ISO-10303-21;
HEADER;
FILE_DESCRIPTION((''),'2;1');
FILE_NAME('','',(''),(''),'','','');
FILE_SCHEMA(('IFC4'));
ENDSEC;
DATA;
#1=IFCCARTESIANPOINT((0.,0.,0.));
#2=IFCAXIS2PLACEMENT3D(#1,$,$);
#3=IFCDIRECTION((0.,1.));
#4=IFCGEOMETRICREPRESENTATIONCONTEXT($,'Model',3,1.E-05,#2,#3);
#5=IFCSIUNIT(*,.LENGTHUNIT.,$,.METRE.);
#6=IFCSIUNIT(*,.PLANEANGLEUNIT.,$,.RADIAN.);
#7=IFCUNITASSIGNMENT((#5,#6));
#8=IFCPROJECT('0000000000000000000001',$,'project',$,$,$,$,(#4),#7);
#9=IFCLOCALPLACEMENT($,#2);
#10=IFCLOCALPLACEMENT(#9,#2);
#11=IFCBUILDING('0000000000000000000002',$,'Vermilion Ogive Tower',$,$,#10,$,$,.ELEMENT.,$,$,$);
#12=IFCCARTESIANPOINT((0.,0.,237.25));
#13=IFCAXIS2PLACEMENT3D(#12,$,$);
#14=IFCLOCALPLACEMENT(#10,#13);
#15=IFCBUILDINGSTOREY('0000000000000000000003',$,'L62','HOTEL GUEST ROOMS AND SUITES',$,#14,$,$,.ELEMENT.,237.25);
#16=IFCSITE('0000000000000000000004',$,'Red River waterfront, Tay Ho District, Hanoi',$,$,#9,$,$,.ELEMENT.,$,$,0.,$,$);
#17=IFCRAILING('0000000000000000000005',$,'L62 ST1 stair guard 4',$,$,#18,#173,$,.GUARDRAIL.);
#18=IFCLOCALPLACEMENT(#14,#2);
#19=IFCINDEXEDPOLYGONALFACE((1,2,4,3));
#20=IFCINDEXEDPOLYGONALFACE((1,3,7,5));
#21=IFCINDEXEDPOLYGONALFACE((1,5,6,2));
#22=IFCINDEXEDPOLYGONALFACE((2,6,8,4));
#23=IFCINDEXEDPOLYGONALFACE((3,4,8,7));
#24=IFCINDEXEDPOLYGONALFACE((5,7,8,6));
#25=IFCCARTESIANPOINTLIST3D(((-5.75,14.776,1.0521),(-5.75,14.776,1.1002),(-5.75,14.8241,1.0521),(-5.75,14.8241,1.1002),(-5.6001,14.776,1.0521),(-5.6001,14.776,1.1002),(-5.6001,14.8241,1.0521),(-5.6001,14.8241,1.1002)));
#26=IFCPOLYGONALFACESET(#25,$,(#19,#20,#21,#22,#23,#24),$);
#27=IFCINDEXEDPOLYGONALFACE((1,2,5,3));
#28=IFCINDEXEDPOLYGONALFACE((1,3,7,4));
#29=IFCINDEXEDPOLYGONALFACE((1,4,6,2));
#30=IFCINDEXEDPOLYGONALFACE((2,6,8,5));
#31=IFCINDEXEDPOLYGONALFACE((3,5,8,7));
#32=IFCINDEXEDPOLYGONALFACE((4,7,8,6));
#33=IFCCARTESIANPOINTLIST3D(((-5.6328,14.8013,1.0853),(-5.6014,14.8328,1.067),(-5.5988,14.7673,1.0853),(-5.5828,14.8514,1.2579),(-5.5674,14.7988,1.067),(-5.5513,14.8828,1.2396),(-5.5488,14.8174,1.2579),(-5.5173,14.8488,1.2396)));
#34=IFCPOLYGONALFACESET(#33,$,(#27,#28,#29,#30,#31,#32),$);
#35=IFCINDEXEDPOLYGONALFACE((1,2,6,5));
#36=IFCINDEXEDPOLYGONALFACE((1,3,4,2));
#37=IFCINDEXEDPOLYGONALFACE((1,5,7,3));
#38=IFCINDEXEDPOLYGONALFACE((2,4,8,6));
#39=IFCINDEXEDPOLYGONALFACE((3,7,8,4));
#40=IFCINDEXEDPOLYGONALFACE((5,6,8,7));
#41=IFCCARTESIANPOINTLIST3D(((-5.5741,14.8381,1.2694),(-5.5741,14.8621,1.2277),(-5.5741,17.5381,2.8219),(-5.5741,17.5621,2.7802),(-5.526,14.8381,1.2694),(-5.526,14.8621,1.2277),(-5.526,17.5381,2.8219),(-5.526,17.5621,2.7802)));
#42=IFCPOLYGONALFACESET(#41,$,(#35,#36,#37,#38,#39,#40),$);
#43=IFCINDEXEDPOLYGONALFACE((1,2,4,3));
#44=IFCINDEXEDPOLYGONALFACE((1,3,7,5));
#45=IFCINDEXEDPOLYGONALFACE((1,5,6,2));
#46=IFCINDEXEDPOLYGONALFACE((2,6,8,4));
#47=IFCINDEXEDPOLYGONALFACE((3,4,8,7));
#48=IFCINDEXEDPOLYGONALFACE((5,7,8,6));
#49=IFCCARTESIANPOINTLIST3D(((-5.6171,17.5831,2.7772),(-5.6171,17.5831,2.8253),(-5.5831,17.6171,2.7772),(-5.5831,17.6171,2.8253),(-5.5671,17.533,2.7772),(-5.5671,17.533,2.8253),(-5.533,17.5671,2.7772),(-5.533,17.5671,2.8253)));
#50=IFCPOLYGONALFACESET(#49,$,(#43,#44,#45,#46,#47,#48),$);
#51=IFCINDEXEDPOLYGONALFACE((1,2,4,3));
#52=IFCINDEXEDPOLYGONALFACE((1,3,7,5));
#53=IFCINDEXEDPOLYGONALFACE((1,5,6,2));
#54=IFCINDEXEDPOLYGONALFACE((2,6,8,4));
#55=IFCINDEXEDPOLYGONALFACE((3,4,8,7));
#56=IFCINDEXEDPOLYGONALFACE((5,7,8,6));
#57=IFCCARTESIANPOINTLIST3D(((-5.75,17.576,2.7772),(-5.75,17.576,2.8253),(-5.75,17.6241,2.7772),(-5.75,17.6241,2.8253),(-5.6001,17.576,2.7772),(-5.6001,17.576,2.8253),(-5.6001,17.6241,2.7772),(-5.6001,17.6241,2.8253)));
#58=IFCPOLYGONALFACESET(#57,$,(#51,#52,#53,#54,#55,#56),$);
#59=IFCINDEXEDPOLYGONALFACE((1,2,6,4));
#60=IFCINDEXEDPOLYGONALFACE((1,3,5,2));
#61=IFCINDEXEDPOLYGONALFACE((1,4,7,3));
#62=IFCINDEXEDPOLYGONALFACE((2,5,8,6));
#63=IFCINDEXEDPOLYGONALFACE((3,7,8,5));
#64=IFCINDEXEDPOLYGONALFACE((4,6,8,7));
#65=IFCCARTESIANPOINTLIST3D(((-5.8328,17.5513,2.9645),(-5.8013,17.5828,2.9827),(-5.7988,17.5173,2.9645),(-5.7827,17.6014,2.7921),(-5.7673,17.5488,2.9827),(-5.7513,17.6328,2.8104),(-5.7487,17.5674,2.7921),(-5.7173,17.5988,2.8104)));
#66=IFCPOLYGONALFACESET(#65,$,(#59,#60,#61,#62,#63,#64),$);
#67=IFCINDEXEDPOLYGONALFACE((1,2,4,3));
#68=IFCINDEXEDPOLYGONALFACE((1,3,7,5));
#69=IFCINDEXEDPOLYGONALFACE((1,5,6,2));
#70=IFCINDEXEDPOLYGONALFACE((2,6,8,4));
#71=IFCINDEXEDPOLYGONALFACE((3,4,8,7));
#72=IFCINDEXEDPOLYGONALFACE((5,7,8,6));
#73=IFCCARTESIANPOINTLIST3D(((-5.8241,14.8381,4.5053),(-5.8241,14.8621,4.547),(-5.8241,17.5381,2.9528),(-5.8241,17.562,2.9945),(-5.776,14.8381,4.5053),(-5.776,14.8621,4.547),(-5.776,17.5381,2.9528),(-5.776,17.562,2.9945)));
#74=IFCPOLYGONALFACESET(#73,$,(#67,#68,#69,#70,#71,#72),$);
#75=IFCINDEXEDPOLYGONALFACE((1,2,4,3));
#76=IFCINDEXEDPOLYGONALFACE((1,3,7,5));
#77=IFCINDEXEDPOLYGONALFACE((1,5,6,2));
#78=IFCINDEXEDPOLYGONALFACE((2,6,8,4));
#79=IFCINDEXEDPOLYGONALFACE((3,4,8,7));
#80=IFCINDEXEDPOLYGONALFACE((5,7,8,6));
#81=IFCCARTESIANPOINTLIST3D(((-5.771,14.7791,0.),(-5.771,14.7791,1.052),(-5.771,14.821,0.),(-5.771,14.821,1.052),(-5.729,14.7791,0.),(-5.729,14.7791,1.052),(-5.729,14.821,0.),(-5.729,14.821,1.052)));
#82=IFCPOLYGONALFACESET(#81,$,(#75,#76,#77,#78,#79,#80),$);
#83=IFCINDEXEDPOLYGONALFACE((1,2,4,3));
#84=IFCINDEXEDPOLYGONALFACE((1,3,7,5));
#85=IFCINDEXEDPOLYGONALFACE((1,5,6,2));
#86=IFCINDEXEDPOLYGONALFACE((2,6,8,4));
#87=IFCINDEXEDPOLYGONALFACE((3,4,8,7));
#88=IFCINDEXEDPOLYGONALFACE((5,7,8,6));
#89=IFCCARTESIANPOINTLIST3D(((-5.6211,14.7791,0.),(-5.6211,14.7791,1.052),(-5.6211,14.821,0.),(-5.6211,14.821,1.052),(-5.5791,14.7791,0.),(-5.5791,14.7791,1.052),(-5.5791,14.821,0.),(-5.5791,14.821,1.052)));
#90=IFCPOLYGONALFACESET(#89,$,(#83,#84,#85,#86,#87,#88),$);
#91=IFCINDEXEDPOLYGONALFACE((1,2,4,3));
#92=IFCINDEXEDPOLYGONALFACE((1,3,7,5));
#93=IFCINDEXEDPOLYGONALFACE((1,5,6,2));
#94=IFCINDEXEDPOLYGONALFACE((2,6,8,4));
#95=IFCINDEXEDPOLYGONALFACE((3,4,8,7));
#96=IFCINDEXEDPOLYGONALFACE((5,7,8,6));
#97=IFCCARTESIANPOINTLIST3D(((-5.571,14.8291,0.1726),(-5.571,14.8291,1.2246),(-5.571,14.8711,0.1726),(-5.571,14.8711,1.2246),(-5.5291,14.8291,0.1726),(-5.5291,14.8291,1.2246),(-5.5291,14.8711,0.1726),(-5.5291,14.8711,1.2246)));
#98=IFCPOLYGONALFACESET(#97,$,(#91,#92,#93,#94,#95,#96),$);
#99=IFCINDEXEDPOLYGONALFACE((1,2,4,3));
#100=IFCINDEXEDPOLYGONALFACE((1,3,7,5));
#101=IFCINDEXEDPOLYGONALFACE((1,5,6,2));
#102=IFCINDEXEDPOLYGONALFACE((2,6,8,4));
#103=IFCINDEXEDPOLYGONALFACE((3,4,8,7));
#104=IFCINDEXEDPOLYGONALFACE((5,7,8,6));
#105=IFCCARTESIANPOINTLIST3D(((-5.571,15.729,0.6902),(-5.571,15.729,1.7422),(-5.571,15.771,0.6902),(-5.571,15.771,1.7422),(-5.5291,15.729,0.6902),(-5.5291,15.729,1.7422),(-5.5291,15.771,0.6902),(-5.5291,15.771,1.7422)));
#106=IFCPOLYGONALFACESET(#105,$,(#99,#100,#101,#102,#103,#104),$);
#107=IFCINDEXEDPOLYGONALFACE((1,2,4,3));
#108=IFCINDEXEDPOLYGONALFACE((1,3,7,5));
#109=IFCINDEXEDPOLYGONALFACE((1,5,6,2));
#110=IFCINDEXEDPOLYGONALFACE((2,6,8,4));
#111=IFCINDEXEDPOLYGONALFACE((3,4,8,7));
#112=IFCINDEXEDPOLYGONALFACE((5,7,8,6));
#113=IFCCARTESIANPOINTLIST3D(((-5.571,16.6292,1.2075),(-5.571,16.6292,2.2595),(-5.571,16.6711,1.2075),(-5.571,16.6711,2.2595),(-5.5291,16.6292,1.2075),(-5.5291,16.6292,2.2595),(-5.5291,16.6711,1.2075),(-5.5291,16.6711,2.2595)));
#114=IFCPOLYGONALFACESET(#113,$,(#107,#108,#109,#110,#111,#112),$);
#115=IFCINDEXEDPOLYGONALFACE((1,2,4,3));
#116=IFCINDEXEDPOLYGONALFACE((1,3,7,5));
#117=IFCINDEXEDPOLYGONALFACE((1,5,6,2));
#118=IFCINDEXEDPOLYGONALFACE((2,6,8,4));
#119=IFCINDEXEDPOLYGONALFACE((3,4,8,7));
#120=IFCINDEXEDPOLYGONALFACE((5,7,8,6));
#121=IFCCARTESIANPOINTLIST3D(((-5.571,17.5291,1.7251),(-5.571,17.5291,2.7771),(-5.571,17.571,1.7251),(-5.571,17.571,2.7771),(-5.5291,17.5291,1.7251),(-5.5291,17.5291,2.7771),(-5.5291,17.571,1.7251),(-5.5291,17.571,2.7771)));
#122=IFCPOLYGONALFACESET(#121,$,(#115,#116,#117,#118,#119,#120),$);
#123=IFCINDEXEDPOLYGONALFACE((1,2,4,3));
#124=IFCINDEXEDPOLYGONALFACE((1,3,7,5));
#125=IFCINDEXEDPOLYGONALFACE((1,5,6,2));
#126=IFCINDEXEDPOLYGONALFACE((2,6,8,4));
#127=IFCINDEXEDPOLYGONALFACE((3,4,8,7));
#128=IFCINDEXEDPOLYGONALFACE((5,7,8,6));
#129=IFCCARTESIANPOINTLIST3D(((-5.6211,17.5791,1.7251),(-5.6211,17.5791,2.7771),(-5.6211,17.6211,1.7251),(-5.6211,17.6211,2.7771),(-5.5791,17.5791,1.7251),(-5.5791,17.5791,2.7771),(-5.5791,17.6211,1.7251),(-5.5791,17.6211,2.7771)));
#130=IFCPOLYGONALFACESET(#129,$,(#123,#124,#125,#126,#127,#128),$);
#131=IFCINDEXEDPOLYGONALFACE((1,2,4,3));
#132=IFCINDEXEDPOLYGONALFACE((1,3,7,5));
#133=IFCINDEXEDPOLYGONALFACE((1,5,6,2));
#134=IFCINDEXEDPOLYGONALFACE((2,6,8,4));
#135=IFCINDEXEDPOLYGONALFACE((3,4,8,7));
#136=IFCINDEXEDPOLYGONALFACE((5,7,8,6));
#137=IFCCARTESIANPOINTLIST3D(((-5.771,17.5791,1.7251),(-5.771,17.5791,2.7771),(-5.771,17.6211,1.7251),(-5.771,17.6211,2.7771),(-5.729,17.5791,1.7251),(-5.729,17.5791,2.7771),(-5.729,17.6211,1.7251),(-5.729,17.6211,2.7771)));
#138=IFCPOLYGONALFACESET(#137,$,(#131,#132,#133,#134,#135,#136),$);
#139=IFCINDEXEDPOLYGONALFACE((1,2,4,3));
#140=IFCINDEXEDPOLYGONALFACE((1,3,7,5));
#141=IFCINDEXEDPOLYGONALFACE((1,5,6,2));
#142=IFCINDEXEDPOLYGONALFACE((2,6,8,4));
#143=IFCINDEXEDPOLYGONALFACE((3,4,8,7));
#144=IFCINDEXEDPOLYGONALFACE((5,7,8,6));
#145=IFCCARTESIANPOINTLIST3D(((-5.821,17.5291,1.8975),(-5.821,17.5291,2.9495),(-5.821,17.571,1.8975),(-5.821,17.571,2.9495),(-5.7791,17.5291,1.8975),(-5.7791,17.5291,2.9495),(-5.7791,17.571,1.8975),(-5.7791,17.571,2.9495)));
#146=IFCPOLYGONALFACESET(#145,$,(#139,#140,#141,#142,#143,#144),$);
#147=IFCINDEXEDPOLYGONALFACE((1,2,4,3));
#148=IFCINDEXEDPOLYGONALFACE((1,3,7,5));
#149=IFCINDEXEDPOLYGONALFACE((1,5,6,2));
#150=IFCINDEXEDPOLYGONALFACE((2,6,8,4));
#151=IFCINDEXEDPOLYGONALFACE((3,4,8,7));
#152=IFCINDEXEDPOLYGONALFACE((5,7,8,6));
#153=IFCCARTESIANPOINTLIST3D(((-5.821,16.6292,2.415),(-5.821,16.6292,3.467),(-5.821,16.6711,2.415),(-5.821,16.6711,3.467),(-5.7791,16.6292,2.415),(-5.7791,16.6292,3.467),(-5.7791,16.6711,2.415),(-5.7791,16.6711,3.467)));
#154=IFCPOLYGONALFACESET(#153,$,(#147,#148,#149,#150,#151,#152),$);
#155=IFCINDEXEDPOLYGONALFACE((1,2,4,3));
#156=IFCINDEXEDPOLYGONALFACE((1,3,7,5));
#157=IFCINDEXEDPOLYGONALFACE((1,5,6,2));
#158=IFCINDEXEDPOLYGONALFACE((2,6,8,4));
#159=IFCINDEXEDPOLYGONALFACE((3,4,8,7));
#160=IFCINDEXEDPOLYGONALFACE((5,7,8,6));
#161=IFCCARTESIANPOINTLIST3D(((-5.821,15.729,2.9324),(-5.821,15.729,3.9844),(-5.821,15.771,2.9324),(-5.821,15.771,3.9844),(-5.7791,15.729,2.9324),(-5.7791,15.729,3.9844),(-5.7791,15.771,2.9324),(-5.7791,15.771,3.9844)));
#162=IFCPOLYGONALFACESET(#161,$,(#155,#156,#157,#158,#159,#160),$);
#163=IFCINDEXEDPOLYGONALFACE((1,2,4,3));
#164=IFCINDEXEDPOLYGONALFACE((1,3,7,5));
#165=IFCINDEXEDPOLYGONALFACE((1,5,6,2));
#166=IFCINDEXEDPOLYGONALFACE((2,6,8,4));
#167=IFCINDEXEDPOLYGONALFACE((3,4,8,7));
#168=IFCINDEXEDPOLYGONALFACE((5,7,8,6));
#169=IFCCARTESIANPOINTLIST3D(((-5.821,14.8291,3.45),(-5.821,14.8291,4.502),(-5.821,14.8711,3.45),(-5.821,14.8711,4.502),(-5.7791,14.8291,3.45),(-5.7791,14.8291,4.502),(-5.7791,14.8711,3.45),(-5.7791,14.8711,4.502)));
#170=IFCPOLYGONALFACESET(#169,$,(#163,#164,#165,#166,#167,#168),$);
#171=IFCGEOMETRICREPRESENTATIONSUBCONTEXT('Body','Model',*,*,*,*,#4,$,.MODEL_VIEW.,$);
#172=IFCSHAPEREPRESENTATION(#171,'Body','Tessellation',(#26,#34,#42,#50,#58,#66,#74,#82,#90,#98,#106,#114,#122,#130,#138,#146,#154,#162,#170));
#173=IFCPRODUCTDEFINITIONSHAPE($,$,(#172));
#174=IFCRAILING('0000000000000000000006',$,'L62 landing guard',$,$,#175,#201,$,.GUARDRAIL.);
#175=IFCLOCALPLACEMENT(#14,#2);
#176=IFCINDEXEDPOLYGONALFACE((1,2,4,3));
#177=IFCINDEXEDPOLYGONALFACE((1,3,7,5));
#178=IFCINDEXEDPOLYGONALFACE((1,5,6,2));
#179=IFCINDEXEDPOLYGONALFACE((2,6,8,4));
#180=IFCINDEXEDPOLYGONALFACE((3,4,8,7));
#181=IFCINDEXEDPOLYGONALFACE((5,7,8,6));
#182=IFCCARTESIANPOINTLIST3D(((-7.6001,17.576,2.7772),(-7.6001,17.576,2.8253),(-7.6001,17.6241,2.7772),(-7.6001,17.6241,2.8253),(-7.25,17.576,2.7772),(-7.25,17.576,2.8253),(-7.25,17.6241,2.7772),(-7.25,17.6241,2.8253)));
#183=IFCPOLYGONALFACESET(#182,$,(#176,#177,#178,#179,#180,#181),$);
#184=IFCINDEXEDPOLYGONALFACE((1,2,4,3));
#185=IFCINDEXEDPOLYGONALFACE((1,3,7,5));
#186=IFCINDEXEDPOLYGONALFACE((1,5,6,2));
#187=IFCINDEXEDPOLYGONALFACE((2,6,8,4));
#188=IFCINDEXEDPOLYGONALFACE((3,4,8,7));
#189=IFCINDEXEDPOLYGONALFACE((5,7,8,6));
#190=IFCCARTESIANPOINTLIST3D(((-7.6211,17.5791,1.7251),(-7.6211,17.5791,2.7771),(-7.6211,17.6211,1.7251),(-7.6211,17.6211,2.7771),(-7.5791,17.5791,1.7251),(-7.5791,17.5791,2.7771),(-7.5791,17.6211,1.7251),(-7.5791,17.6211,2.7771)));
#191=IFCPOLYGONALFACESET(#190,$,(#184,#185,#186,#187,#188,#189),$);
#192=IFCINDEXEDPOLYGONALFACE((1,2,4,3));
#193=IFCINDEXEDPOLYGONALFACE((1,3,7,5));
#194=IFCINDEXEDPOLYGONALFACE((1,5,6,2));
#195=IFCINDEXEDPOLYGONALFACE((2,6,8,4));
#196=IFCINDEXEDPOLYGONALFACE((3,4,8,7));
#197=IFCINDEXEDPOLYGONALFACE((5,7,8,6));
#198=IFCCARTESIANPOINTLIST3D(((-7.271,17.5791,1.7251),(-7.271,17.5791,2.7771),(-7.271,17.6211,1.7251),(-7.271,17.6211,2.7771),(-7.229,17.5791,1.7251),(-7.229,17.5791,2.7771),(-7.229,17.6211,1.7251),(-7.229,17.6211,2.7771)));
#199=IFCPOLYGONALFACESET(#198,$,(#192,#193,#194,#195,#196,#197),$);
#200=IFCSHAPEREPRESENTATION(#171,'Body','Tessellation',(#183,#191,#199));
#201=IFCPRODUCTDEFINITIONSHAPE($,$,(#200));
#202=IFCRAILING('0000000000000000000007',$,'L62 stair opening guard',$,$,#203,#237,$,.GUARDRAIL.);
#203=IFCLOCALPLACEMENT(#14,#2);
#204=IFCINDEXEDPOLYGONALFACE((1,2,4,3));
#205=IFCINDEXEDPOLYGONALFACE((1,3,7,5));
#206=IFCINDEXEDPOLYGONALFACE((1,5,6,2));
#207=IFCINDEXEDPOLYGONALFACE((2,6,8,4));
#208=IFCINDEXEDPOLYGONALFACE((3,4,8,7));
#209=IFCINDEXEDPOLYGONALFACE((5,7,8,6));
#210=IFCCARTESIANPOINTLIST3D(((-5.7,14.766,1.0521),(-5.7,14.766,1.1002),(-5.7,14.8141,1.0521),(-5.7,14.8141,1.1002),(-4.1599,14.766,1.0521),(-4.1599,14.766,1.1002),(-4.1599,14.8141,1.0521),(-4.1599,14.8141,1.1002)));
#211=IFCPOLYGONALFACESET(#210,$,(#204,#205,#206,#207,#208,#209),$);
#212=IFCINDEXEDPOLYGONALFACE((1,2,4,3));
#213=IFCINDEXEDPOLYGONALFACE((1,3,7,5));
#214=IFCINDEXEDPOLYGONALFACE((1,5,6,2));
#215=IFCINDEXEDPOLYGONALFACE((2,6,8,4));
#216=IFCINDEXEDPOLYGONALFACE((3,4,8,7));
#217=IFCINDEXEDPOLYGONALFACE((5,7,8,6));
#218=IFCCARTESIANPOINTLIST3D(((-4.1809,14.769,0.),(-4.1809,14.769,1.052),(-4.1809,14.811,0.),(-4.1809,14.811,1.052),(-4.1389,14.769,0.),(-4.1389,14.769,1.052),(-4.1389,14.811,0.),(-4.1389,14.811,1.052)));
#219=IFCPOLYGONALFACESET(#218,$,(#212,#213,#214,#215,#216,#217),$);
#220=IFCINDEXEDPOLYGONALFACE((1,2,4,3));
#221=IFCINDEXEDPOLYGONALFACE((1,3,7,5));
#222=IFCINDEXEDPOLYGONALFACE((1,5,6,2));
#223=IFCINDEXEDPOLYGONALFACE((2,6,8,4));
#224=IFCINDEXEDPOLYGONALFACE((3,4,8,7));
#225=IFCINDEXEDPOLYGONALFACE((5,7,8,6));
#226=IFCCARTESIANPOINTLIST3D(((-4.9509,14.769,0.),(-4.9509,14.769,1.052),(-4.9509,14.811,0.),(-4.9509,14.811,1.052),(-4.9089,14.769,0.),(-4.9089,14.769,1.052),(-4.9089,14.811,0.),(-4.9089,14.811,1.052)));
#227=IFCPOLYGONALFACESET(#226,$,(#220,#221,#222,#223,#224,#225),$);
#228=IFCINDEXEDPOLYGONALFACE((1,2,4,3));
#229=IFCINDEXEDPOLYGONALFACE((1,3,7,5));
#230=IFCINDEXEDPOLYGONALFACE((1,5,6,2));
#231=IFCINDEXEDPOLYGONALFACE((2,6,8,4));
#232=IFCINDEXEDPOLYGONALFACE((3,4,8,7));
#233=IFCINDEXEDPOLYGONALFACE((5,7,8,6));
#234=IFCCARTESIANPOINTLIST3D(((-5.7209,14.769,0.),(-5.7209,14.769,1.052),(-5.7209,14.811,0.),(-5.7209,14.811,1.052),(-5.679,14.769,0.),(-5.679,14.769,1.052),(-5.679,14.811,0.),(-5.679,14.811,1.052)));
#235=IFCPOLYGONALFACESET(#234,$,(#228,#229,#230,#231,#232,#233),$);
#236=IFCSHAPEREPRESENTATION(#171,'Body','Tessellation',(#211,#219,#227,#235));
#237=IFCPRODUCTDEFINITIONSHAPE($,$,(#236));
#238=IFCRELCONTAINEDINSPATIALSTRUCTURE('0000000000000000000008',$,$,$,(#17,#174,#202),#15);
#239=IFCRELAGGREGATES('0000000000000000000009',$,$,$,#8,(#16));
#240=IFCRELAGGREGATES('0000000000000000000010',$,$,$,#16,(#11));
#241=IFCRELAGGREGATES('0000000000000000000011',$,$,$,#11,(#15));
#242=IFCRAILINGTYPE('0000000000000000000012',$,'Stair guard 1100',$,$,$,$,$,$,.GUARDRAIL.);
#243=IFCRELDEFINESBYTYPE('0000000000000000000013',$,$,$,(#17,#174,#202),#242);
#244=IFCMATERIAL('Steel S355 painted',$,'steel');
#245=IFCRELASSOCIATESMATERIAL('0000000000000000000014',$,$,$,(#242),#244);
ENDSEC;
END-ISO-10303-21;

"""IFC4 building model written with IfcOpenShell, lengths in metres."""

from ifc_helpers import new_model, si_unit, direction, frame, origin, origin_2d, place, context, subcontext, project, spatial, rectangle, extrude, material, type_object, element, save


model = new_model("IFC4")

# Units and contexts
model_context = context("Model", 3, precision=1e-05, world=origin(), true_north=direction((0.0, 1.0)))
body_context = subcontext(model_context, "Body", "Model", "MODEL_VIEW")
ifc_project = project(units=[si_unit("LENGTHUNIT", "METRE"), si_unit("PLANEANGLEUNIT", "RADIAN")], contexts=[model_context])

# Site, building, storey
site_placement = place(None, origin())
site = spatial("IfcSite", under=ifc_project, at=site_placement, Name="Red River waterfront, Tay Ho District, Hanoi", CompositionType="ELEMENT", RefElevation=0.0)
building_placement = place(site_placement, origin())
building = spatial("IfcBuilding", under=site, at=building_placement, Name="Vermilion Ogive Tower", CompositionType="ELEMENT")
storey_placement = place(building_placement, frame((0.0, 0.0, 237.25)))
storey = spatial("IfcBuildingStorey", under=building, at=storey_placement, Name="L62", Description="HOTEL GUEST ROOMS AND SUITES", CompositionType="ELEMENT", Elevation=237.25)

# Railings
ifc_material_1 = material(Name="Steel S355 painted", Category="steel")
railing_type_1 = type_object("IfcRailingType", Name="Stair guard 1100", PredefinedType="GUARDRAIL", material=ifc_material_1)
railing_1_placement = place(storey_placement, frame((-5.75, 14.8, 0.0)))
element("IfcRailing", 1, at=railing_1_placement, inside=storey, type_object=railing_type_1, Name="L62 ST1 stair guard 4", PredefinedType="GUARDRAIL", context=body_context, shape_type="SweptSolid", body=[
    extrude(rectangle(XDim=0.0481, YDim=0.0481, at=origin_2d()), frame((0.0, 0.0, 1.0762), z_axis=(1.0, 0.0, 0.0), x_axis=(0.0, 1.0, 0.0)), (0.0, 0.0, 1.0), 0.1499),
    extrude(rectangle(XDim=0.0481, YDim=0.0481, at=origin_2d()), frame((0.1499, 0.0, 1.0762), z_axis=(0.268278, 0.268278, 0.925232), x_axis=(-0.707107, 0.707107, 0.0)), (0.0, 0.0, 1.0), 0.1865),
    extrude(rectangle(XDim=0.0481, YDim=0.0481, at=origin_2d()), frame((0.2, 0.05, 1.2485), z_axis=(0.0, 0.866904, 0.498476), x_axis=(-1.0, 0.0, 0.0)), (0.0, 0.0, 1.0), 3.1145),
    extrude(rectangle(XDim=0.0481, YDim=0.0481, at=origin_2d()), frame((0.2, 2.75, 2.8013), z_axis=(-0.707107, 0.707107, 0.0), x_axis=(-0.707107, -0.707107, 0.0)), (0.0, 0.0, 1.0), 0.0708),
    extrude(rectangle(XDim=0.0481, YDim=0.0481, at=origin_2d()), frame((0.1499, 2.8, 2.8013), z_axis=(-1.0, 0.0, 0.0), x_axis=(0.0, -1.0, 0.0)), (0.0, 0.0, 1.0), 0.1499),
    extrude(rectangle(XDim=0.0481, YDim=0.0481, at=origin_2d()), frame((0.0, 2.8, 2.8013), z_axis=(-0.268603, -0.268603, 0.925043), x_axis=(0.707107, -0.707107, 0.0)), (0.0, 0.0, 1.0), 0.1863),
    extrude(rectangle(XDim=0.0481, YDim=0.0481, at=origin_2d()), frame((-0.05, 2.75, 2.9736), z_axis=(0.0, -0.866904, 0.498476), x_axis=(1.0, 0.0, 0.0)), (0.0, 0.0, 1.0), 3.1145),
    extrude(rectangle(XDim=0.042, YDim=0.042, at=origin_2d()), origin(), (0.0, 0.0, 1.0), 1.052),
    extrude(rectangle(XDim=0.042, YDim=0.042, at=origin_2d()), frame((0.1499, 0.0, 0.0)), (0.0, 0.0, 1.0), 1.052),
    extrude(rectangle(XDim=0.042, YDim=0.042, at=origin_2d()), frame((0.2, 0.05, 0.1726)), (0.0, 0.0, 1.0), 1.052),
    extrude(rectangle(XDim=0.042, YDim=0.042, at=origin_2d()), frame((0.2, 0.95, 0.6902)), (0.0, 0.0, 1.0), 1.052),
    extrude(rectangle(XDim=0.042, YDim=0.042, at=origin_2d()), frame((0.2, 1.8501, 1.2075)), (0.0, 0.0, 1.0), 1.052),
    extrude(rectangle(XDim=0.042, YDim=0.042, at=origin_2d()), frame((0.2, 2.75, 1.7251)), (0.0, 0.0, 1.0), 1.052),
    extrude(rectangle(XDim=0.042, YDim=0.042, at=origin_2d()), frame((0.1499, 2.8, 1.7251)), (0.0, 0.0, 1.0), 1.052),
    extrude(rectangle(XDim=0.042, YDim=0.042, at=origin_2d()), frame((0.0, 2.8, 1.7251)), (0.0, 0.0, 1.0), 1.052),
    extrude(rectangle(XDim=0.042, YDim=0.042, at=origin_2d()), frame((-0.05, 2.75, 1.8975)), (0.0, 0.0, 1.0), 1.052),
    extrude(rectangle(XDim=0.042, YDim=0.042, at=origin_2d()), frame((-0.05, 1.8501, 2.415)), (0.0, 0.0, 1.0), 1.052),
    extrude(rectangle(XDim=0.042, YDim=0.042, at=origin_2d()), frame((-0.05, 0.95, 2.9324)), (0.0, 0.0, 1.0), 1.052),
    extrude(rectangle(XDim=0.042, YDim=0.042, at=origin_2d()), frame((-0.05, 0.05, 3.45)), (0.0, 0.0, 1.0), 1.052),
])
railing_2_placement = place(storey_placement, frame((-7.6001, 17.6001, 1.7251)))
element("IfcRailing", 2, at=railing_2_placement, inside=storey, type_object=railing_type_1, Name="L62 landing guard", PredefinedType="GUARDRAIL", context=body_context, shape_type="SweptSolid", body=[
    extrude(rectangle(XDim=0.0481, YDim=0.0481, at=origin_2d()), frame((0.0, 0.0, 1.0762), z_axis=(1.0, 0.0, 0.0), x_axis=(0.0, 1.0, 0.0)), (0.0, 0.0, 1.0), 0.3501),
    extrude(rectangle(XDim=0.042, YDim=0.042, at=origin_2d()), origin(), (0.0, 0.0, 1.0), 1.052),
    extrude(rectangle(XDim=0.042, YDim=0.042, at=origin_2d()), frame((0.3501, 0.0, 0.0)), (0.0, 0.0, 1.0), 1.052),
])
railing_3_placement = place(storey_placement, frame((-4.1599, 14.79, 0.0)))
element("IfcRailing", 3, at=railing_3_placement, inside=storey, type_object=railing_type_1, Name="L62 stair opening guard", PredefinedType="GUARDRAIL", context=body_context, shape_type="SweptSolid", body=[
    extrude(rectangle(XDim=0.0481, YDim=0.0481, at=origin_2d()), frame((0.0, 0.0, 1.0762), z_axis=(-1.0, 0.0, 0.0), x_axis=(0.0, -1.0, 0.0)), (0.0, 0.0, 1.0), 1.54),
    extrude(rectangle(XDim=0.042, YDim=0.042, at=origin_2d()), origin(), (0.0, 0.0, 1.0), 1.052),
    extrude(rectangle(XDim=0.042, YDim=0.042, at=origin_2d()), frame((-0.77, 0.0, 0.0)), (0.0, 0.0, 1.0), 1.052),
    extrude(rectangle(XDim=0.042, YDim=0.042, at=origin_2d()), frame((-1.54, 0.0, 0.0)), (0.0, 0.0, 1.0), 1.052),
])

save(model, "model.ifc")
